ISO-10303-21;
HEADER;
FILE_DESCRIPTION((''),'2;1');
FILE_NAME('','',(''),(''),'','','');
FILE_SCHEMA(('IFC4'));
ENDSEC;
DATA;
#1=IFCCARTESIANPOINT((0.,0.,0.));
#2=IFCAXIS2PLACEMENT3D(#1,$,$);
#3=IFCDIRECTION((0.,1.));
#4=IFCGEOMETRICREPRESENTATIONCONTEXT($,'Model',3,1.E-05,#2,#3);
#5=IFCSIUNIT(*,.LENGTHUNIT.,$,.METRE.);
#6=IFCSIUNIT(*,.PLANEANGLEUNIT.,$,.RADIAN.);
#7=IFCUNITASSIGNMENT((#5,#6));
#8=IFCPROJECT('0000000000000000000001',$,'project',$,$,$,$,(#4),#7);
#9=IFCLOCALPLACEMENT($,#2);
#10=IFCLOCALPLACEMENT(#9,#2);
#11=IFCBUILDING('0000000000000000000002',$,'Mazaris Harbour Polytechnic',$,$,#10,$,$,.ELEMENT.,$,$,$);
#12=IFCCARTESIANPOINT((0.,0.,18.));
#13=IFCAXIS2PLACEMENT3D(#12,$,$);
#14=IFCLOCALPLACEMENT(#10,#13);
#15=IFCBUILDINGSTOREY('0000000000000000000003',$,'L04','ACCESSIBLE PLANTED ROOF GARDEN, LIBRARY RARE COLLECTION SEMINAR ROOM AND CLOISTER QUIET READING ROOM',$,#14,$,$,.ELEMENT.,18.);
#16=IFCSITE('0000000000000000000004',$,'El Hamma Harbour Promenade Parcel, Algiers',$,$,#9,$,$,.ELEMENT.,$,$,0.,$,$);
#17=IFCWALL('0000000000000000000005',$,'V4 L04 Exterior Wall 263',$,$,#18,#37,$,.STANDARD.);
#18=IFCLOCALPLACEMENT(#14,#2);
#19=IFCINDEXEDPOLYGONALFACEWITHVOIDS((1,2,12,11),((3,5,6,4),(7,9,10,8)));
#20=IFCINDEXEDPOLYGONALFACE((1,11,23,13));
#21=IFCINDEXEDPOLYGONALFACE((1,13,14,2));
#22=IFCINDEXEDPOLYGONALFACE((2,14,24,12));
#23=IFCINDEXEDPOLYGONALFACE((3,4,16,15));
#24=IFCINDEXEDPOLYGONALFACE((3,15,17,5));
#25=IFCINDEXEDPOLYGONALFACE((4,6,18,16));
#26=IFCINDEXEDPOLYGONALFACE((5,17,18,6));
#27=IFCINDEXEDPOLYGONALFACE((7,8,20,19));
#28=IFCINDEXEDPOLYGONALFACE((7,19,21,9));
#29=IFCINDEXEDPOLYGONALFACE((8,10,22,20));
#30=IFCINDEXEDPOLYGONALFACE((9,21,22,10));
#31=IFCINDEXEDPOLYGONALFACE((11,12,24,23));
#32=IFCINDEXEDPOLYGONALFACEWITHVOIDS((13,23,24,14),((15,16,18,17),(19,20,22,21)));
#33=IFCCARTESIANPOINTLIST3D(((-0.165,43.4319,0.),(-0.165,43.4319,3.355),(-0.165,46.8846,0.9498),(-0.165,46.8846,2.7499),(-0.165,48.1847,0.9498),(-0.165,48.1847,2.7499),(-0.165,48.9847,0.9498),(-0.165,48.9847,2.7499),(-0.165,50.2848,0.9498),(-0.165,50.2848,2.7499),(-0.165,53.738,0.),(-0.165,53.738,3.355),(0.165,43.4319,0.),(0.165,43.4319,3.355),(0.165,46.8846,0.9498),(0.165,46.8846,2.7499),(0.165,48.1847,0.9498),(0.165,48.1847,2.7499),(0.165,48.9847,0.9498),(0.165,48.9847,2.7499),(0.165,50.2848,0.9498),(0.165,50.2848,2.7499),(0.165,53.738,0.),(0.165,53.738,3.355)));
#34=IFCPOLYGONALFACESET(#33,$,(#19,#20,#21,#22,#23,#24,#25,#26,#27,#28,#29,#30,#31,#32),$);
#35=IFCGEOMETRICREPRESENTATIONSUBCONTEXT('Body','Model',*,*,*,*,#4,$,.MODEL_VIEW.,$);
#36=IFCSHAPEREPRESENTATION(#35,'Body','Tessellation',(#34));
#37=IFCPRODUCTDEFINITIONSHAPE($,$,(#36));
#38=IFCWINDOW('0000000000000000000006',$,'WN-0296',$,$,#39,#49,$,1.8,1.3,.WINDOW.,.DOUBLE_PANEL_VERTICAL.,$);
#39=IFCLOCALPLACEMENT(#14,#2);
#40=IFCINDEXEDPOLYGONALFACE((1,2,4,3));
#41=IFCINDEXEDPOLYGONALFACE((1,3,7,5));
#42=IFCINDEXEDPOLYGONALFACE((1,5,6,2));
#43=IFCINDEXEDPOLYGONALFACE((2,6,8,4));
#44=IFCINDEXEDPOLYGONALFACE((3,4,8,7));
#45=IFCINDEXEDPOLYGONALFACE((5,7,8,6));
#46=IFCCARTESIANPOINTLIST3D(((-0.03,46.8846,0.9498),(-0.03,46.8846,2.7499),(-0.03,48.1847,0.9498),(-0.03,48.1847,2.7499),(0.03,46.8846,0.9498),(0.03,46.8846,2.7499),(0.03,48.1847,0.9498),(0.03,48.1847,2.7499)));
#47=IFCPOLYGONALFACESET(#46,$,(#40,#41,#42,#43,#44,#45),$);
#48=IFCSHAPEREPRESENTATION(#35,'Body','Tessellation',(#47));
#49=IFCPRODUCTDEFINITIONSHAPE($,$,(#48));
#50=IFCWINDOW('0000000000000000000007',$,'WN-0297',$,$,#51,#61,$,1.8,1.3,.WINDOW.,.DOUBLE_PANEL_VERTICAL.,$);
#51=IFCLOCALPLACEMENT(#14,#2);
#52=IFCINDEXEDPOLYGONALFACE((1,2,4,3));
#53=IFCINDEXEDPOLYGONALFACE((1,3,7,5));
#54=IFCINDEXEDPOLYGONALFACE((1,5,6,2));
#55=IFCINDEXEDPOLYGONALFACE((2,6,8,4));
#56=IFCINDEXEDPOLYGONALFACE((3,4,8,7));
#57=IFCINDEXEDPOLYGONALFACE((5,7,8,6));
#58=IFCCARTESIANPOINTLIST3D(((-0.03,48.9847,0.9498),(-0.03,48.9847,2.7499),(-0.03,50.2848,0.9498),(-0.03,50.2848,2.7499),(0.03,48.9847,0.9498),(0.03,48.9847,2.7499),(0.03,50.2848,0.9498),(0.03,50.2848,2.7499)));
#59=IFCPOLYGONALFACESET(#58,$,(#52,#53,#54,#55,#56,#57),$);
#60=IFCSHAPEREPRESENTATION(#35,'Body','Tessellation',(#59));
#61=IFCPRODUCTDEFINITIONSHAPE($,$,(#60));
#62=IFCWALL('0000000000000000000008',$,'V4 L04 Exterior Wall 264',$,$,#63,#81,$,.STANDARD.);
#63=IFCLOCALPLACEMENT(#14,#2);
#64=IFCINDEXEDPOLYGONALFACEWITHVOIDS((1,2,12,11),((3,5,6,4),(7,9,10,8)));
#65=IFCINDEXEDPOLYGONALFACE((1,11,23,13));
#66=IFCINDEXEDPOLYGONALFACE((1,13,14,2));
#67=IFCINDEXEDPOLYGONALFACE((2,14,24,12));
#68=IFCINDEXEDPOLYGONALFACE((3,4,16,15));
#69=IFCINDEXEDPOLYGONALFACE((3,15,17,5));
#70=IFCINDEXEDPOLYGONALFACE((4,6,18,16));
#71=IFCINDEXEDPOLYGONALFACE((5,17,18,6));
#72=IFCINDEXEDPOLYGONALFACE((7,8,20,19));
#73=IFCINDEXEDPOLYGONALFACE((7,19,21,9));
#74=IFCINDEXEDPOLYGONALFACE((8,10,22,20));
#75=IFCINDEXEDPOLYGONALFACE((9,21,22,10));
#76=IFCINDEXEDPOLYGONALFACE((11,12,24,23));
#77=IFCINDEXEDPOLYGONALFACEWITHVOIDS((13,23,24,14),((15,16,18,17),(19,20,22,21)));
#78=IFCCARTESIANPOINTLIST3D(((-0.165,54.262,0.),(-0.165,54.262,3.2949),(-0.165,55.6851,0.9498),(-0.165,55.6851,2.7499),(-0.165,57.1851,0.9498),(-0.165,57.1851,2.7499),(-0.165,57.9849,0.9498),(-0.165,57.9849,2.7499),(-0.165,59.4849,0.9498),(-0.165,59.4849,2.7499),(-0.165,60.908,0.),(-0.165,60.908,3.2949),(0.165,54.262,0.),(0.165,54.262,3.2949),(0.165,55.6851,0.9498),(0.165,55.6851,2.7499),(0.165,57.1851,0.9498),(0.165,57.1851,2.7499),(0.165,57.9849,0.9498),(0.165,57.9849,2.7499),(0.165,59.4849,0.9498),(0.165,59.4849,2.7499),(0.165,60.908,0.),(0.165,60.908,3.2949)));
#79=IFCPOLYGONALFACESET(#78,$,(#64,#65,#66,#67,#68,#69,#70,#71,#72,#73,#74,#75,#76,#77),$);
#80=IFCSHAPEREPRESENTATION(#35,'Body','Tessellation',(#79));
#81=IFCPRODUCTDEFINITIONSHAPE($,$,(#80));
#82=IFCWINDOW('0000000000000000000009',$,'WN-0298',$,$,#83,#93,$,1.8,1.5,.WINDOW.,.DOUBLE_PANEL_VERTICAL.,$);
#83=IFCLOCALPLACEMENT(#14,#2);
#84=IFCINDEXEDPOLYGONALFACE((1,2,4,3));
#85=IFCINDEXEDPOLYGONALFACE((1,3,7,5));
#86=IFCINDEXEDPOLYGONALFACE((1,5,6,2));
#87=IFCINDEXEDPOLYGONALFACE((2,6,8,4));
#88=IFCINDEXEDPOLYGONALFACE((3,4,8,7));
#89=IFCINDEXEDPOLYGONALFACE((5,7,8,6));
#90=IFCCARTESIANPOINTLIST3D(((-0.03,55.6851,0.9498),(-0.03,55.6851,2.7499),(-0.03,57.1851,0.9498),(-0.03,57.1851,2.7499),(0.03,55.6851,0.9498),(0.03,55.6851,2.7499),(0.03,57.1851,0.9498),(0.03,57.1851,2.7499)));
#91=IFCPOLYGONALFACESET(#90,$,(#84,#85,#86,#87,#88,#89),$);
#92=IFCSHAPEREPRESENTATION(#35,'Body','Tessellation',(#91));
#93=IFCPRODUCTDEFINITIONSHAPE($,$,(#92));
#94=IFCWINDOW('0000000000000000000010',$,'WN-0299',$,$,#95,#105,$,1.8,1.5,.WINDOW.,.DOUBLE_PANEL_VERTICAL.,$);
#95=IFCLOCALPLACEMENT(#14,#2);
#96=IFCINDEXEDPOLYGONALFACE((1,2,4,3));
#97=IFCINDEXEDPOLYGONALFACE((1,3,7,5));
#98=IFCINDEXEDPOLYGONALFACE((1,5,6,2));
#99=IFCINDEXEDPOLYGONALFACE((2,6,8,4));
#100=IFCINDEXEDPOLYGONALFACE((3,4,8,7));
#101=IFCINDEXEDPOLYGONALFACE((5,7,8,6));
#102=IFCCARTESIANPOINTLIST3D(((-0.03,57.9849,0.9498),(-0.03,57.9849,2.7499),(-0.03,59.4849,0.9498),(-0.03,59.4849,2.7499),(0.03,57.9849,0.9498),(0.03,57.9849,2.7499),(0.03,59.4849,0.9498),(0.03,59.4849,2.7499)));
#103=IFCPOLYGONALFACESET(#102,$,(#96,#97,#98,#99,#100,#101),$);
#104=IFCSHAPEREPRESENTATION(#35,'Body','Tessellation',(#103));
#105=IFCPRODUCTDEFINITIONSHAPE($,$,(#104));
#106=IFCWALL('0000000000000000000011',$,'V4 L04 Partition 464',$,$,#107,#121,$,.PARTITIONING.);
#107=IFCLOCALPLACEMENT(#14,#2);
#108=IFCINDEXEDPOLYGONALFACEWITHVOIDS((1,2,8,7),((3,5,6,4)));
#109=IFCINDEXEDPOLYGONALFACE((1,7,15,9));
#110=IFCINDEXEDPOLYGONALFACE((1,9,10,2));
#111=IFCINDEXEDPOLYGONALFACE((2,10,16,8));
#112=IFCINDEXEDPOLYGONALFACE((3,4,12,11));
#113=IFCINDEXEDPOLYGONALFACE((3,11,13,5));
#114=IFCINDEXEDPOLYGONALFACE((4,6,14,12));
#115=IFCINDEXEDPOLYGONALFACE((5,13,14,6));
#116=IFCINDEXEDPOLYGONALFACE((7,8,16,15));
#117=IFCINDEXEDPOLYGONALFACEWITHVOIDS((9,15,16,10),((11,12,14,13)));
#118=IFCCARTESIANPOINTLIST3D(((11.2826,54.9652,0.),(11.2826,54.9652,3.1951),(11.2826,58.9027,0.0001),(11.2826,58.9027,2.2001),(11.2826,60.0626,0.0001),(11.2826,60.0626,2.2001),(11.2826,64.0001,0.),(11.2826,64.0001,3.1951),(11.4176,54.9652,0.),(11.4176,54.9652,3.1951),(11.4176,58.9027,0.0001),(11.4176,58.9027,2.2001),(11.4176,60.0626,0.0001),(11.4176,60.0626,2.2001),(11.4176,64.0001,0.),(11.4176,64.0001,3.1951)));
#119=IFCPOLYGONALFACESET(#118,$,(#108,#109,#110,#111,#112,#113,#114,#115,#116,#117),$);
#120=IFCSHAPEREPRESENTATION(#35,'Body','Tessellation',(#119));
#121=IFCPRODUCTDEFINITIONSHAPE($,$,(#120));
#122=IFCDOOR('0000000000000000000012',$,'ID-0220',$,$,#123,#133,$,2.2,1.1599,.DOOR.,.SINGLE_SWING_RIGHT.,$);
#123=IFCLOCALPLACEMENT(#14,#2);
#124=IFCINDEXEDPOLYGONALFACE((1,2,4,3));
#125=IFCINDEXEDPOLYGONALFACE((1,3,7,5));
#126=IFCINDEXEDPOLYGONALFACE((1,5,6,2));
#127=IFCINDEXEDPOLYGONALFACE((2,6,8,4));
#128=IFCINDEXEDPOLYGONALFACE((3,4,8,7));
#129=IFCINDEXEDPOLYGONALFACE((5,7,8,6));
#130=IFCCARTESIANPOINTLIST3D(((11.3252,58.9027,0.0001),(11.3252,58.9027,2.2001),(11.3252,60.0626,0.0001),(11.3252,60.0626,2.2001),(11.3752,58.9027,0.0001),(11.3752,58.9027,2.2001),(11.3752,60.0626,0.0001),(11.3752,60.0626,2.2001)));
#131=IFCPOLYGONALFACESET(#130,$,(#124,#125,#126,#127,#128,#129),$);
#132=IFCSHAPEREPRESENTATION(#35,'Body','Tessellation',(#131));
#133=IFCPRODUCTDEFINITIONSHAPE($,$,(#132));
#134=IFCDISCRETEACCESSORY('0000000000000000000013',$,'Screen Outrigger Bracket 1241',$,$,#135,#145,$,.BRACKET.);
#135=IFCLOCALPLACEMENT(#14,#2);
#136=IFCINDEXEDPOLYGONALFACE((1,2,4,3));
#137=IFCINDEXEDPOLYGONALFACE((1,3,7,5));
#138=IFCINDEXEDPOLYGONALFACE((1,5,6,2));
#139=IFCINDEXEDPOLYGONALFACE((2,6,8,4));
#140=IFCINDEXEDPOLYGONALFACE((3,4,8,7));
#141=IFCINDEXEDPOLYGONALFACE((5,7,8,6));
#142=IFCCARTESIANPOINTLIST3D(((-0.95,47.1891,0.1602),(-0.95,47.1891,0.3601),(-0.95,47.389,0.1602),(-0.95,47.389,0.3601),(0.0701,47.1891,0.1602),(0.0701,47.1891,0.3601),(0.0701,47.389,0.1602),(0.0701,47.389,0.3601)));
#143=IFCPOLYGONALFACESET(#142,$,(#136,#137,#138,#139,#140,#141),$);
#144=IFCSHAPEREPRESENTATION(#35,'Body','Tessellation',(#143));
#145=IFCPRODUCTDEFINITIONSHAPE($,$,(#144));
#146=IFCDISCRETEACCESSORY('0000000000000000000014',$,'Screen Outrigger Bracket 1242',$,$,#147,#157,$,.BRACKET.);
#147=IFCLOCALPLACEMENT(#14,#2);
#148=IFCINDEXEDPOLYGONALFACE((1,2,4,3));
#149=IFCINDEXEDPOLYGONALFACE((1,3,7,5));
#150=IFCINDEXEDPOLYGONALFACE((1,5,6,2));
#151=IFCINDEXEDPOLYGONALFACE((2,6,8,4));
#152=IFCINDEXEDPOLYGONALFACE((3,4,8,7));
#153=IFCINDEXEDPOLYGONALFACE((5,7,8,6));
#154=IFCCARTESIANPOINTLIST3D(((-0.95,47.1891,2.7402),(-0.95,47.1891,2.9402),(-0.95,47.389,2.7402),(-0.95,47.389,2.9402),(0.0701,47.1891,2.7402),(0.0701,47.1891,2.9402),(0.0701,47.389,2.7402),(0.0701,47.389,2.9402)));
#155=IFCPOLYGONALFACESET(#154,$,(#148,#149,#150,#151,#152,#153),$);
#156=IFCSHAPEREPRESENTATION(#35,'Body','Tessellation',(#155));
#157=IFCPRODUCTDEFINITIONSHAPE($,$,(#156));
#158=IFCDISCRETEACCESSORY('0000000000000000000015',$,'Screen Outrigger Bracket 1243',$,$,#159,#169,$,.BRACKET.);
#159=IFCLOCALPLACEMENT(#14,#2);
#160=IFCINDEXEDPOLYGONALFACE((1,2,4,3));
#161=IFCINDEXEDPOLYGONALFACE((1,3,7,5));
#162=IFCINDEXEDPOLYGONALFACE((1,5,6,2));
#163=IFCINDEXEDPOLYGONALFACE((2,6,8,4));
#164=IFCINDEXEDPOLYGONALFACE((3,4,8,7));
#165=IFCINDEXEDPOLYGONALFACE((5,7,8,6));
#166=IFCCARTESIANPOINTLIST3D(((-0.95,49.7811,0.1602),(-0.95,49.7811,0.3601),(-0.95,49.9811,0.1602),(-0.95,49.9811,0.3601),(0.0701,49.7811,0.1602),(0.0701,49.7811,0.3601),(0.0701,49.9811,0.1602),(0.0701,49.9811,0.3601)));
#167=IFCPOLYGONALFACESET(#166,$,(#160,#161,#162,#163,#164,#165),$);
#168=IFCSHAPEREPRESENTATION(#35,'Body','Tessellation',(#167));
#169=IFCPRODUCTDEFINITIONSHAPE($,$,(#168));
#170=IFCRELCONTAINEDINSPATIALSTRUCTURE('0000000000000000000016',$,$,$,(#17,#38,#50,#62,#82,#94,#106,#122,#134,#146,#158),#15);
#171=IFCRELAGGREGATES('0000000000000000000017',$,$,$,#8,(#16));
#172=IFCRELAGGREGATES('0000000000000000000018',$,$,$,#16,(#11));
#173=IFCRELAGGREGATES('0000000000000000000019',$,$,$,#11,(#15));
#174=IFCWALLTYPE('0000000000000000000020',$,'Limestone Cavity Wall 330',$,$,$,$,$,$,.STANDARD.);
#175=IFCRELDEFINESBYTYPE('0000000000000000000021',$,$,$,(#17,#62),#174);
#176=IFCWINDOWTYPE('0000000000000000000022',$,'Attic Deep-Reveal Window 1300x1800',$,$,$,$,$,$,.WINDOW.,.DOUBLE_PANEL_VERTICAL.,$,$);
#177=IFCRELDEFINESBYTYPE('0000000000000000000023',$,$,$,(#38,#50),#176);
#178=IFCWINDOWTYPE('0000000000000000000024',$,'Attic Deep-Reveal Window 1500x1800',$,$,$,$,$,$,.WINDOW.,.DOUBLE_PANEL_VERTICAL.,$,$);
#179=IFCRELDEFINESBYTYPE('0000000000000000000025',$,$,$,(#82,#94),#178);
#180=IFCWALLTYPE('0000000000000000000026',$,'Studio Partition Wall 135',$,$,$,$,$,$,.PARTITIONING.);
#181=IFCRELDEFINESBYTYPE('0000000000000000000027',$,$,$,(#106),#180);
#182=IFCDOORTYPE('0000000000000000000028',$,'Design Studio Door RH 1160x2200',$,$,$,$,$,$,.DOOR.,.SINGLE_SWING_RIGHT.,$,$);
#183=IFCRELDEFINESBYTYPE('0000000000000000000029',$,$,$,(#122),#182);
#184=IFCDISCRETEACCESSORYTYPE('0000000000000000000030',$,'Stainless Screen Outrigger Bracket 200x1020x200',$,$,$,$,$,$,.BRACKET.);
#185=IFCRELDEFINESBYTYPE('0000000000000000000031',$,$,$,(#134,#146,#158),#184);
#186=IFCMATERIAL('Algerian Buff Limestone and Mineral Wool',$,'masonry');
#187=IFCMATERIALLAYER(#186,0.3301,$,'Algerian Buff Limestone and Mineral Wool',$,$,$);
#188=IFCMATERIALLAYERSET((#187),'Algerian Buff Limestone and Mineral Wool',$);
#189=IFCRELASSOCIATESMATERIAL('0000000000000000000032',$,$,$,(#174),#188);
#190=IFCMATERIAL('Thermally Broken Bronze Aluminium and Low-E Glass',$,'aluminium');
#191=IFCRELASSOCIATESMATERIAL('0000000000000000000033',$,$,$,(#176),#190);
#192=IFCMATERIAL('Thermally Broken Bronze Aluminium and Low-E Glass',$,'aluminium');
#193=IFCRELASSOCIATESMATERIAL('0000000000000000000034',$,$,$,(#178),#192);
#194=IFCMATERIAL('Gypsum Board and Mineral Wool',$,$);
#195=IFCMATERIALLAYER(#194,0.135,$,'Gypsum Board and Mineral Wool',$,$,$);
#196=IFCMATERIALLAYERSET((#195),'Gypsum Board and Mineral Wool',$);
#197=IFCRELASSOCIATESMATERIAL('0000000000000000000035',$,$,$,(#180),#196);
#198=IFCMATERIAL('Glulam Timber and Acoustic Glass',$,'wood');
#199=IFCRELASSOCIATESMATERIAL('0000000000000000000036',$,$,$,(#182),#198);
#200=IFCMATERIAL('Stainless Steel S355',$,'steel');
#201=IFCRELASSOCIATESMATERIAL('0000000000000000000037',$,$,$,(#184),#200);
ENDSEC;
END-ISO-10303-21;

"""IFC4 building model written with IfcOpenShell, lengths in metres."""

from ifc_helpers import new_model, si_unit, direction, frame, frame_2d, origin, origin_2d, place, context, subcontext, project, spatial, rectangle, extrude, material, layer, layer_set, type_object, element, fill, save


model = new_model("IFC4")

# Units and contexts
model_context = context("Model", 3, precision=1e-05, world=origin(), true_north=direction((0.0, 1.0)))
body_context = subcontext(model_context, "Body", "Model", "MODEL_VIEW")
ifc_project = project(units=[si_unit("LENGTHUNIT", "METRE"), si_unit("PLANEANGLEUNIT", "RADIAN")], contexts=[model_context])

# Site, building, storey
site_placement = place(None, origin())
site = spatial("IfcSite", under=ifc_project, at=site_placement, Name="El Hamma Harbour Promenade Parcel, Algiers", CompositionType="ELEMENT", RefElevation=0.0)
building_placement = place(site_placement, origin())
building = spatial("IfcBuilding", under=site, at=building_placement, Name="Mazaris Harbour Polytechnic", CompositionType="ELEMENT")
storey_placement = place(building_placement, frame((0.0, 0.0, 18.0)))
storey = spatial("IfcBuildingStorey", under=building, at=storey_placement, Name="L04", Description="ACCESSIBLE PLANTED ROOF GARDEN, LIBRARY RARE COLLECTION SEMINAR ROOM AND CLOISTER QUIET READING ROOM", CompositionType="ELEMENT", Elevation=18.0)

# Walls, openings, windows
ifc_material_1 = material(Name="Algerian Buff Limestone and Mineral Wool", Category="masonry")
ifc_layer_1 = layer(ifc_material_1, 0.3301, Name="Algerian Buff Limestone and Mineral Wool")
ifc_layer_set_1 = layer_set([ifc_layer_1], Name="Algerian Buff Limestone and Mineral Wool")
wall_type_1 = type_object("IfcWallType", Name="Limestone Cavity Wall 330", PredefinedType="STANDARD", material=ifc_layer_set_1)
wall_1_placement = place(storey_placement, frame((0.0, 43.4319, 0.0), z_axis=(0.0, 0.0, 1.0), x_axis=(0.0, 1.0, 0.0)))
wall_1 = element("IfcWall", 1, at=wall_1_placement, inside=storey, type_object=wall_type_1, Name="V4 L04 Exterior Wall 263", PredefinedType="STANDARD", context=body_context, shape_type="SweptSolid", body=[
    extrude(rectangle(XDim=10.3062, YDim=0.3301, at=frame_2d((5.1531, 0.0))), origin(), (0.0, 0.0, 1.0), 3.355),
])
opening_1_placement = place(wall_1_placement, frame((3.4529, 0.0, 0.95)))
opening_1 = element("IfcOpeningElement", 2, at=opening_1_placement, cuts=wall_1, PredefinedType="OPENING", context=body_context, shape_type="SweptSolid", body=[
    extrude(rectangle(XDim=1.3, YDim=1.8, at=frame_2d((0.6499, 0.8999))), frame((0.0, 0.175, 0.0), z_axis=(0.0, -1.0, 0.0), x_axis=(1.0, 0.0, 0.0)), (0.0, 0.0, 1.0), 0.3501),
])
opening_2_placement = place(wall_1_placement, frame((5.553, 0.0, 0.95)))
opening_2 = element("IfcOpeningElement", 3, at=opening_2_placement, cuts=wall_1, PredefinedType="OPENING", context=body_context, shape_type="SweptSolid", body=[
    extrude(rectangle(XDim=1.3, YDim=1.8, at=frame_2d((0.6499, 0.8999))), frame((0.0, 0.175, 0.0), z_axis=(0.0, -1.0, 0.0), x_axis=(1.0, 0.0, 0.0)), (0.0, 0.0, 1.0), 0.3501),
])
ifc_material_2 = material(Name="Thermally Broken Bronze Aluminium and Low-E Glass", Category="aluminium")
window_type_1 = type_object("IfcWindowType", Name="Attic Deep-Reveal Window 1300x1800", PartitioningType="DOUBLE_PANEL_VERTICAL", PredefinedType="WINDOW", material=ifc_material_2)
window_1_placement = place(opening_1_placement, origin())
window_1 = element("IfcWindow", 4, at=window_1_placement, inside=storey, type_object=window_type_1, Name="WN-0296", OverallHeight=1.8, OverallWidth=1.3, PartitioningType="DOUBLE_PANEL_VERTICAL", PredefinedType="WINDOW", context=body_context, shape_type="SweptSolid", body=[
    extrude(rectangle(XDim=1.3, YDim=1.8, at=frame_2d((0.6499, 0.8999))), frame((0.0, 0.03, 0.0), z_axis=(0.0, -1.0, 0.0), x_axis=(1.0, 0.0, 0.0)), (0.0, 0.0, 1.0), 0.0601),
])
fill(opening_1, window_1)
window_2_placement = place(opening_2_placement, origin())
window_2 = element("IfcWindow", 5, at=window_2_placement, inside=storey, type_object=window_type_1, Name="WN-0297", OverallHeight=1.8, OverallWidth=1.3, PartitioningType="DOUBLE_PANEL_VERTICAL", PredefinedType="WINDOW", context=body_context, shape_type="SweptSolid", body=[
    extrude(rectangle(XDim=1.3, YDim=1.8, at=frame_2d((0.6499, 0.8999))), frame((0.0, 0.03, 0.0), z_axis=(0.0, -1.0, 0.0), x_axis=(1.0, 0.0, 0.0)), (0.0, 0.0, 1.0), 0.0601),
])
fill(opening_2, window_2)
wall_2_placement = place(storey_placement, frame((0.0, 54.262, 0.0), z_axis=(0.0, 0.0, 1.0), x_axis=(0.0, 1.0, 0.0)))
wall_2 = element("IfcWall", 6, at=wall_2_placement, inside=storey, type_object=wall_type_1, Name="V4 L04 Exterior Wall 264", PredefinedType="STANDARD", context=body_context, shape_type="SweptSolid", body=[
    extrude(rectangle(XDim=6.646, YDim=0.3301, at=frame_2d((3.323, 0.0))), origin(), (0.0, 0.0, 1.0), 3.2949),
])
opening_3_placement = place(wall_2_placement, frame((1.4231, 0.0, 0.95)))
opening_3 = element("IfcOpeningElement", 7, at=opening_3_placement, cuts=wall_2, PredefinedType="OPENING", context=body_context, shape_type="SweptSolid", body=[
    extrude(rectangle(XDim=1.5, YDim=1.8, at=frame_2d((0.75, 0.8999))), frame((0.0, 0.175, 0.0), z_axis=(0.0, -1.0, 0.0), x_axis=(1.0, 0.0, 0.0)), (0.0, 0.0, 1.0), 0.3501),
])
opening_4_placement = place(wall_2_placement, frame((3.7229, 0.0, 0.95)))
opening_4 = element("IfcOpeningElement", 8, at=opening_4_placement, cuts=wall_2, PredefinedType="OPENING", context=body_context, shape_type="SweptSolid", body=[
    extrude(rectangle(XDim=1.5, YDim=1.8, at=frame_2d((0.75, 0.8999))), frame((0.0, 0.175, 0.0), z_axis=(0.0, -1.0, 0.0), x_axis=(1.0, 0.0, 0.0)), (0.0, 0.0, 1.0), 0.3501),
])
ifc_material_3 = material(Name="Thermally Broken Bronze Aluminium and Low-E Glass", Category="aluminium")
window_type_2 = type_object("IfcWindowType", Name="Attic Deep-Reveal Window 1500x1800", PartitioningType="DOUBLE_PANEL_VERTICAL", PredefinedType="WINDOW", material=ifc_material_3)
window_3_placement = place(opening_3_placement, origin())
window_3 = element("IfcWindow", 9, at=window_3_placement, inside=storey, type_object=window_type_2, Name="WN-0298", OverallHeight=1.8, OverallWidth=1.5, PartitioningType="DOUBLE_PANEL_VERTICAL", PredefinedType="WINDOW", context=body_context, shape_type="SweptSolid", body=[
    extrude(rectangle(XDim=1.5, YDim=1.8, at=frame_2d((0.75, 0.8999))), frame((0.0, 0.03, 0.0), z_axis=(0.0, -1.0, 0.0), x_axis=(1.0, 0.0, 0.0)), (0.0, 0.0, 1.0), 0.0601),
])
fill(opening_3, window_3)
window_4_placement = place(opening_4_placement, origin())
window_4 = element("IfcWindow", 10, at=window_4_placement, inside=storey, type_object=window_type_2, Name="WN-0299", OverallHeight=1.8, OverallWidth=1.5, PartitioningType="DOUBLE_PANEL_VERTICAL", PredefinedType="WINDOW", context=body_context, shape_type="SweptSolid", body=[
    extrude(rectangle(XDim=1.5, YDim=1.8, at=frame_2d((0.75, 0.8999))), frame((0.0, 0.03, 0.0), z_axis=(0.0, -1.0, 0.0), x_axis=(1.0, 0.0, 0.0)), (0.0, 0.0, 1.0), 0.0601),
])
fill(opening_4, window_4)

# Wall, opening, door
ifc_material_4 = material(Name="Gypsum Board and Mineral Wool")
ifc_layer_2 = layer(ifc_material_4, 0.135, Name="Gypsum Board and Mineral Wool")
ifc_layer_set_2 = layer_set([ifc_layer_2], Name="Gypsum Board and Mineral Wool")
wall_type_2 = type_object("IfcWallType", Name="Studio Partition Wall 135", PredefinedType="PARTITIONING", material=ifc_layer_set_2)
wall_3_placement = place(storey_placement, frame((11.3501, 54.9651, 0.0), z_axis=(0.0, 0.0, 1.0), x_axis=(0.0, 1.0, 0.0)))
wall_3 = element("IfcWall", 11, at=wall_3_placement, inside=storey, type_object=wall_type_2, Name="V4 L04 Partition 464", PredefinedType="PARTITIONING", context=body_context, shape_type="SweptSolid", body=[
    extrude(rectangle(XDim=9.0349, YDim=0.135, at=frame_2d((4.5176, 0.0))), origin(), (0.0, 0.0, 1.0), 3.1951),
])
opening_5_placement = place(wall_3_placement, frame((3.9375, 0.0, 0.0)))
opening_5 = element("IfcOpeningElement", 12, at=opening_5_placement, cuts=wall_3, PredefinedType="OPENING", context=body_context, shape_type="SweptSolid", body=[
    extrude(rectangle(XDim=1.1599, YDim=2.2, at=frame_2d((0.5801, 1.1001))), frame((0.0, 0.0774, 0.0), z_axis=(0.0, -1.0, 0.0), x_axis=(1.0, 0.0, 0.0)), (0.0, 0.0, 1.0), 0.155),
])
ifc_material_5 = material(Name="Glulam Timber and Acoustic Glass", Category="wood")
door_type_1 = type_object("IfcDoorType", Name="Design Studio Door RH 1160x2200", OperationType="SINGLE_SWING_RIGHT", PredefinedType="DOOR", material=ifc_material_5)
door_1_placement = place(opening_5_placement, origin())
door_1 = element("IfcDoor", 13, at=door_1_placement, inside=storey, type_object=door_type_1, Name="ID-0220", OperationType="SINGLE_SWING_RIGHT", OverallHeight=2.2, OverallWidth=1.1599, PredefinedType="DOOR", context=body_context, shape_type="SweptSolid", body=[
    extrude(rectangle(XDim=1.1599, YDim=2.2, at=frame_2d((0.5801, 1.1001))), frame((0.0, 0.0249, 0.0), z_axis=(0.0, -1.0, 0.0), x_axis=(1.0, 0.0, 0.0)), (0.0, 0.0, 1.0), 0.05),
])
fill(opening_5, door_1)

# Discrete accessories
ifc_material_6 = material(Name="Stainless Steel S355", Category="steel")
discrete_accessory_type = type_object("IfcDiscreteAccessoryType", Name="Stainless Screen Outrigger Bracket 200x1020x200", PredefinedType="BRACKET", material=ifc_material_6)
for number, where, z_axis, x_axis, name in (
    (14, (-0.4399, 47.2891, 0.1602), (0.0, 0.0, 1.0), (0.0, 1.0, 0.0), "Screen Outrigger Bracket 1241"),
    (15, (-0.4399, 47.2891, 2.7402), (0.0, 0.0, 1.0), (0.0, 1.0, 0.0), "Screen Outrigger Bracket 1242"),
    (16, (-0.4399, 49.8811, 0.1602), (0.0, 0.0, 1.0), (0.0, 1.0, 0.0), "Screen Outrigger Bracket 1243"),
):
    element("IfcDiscreteAccessory", number, at=place(storey_placement, frame(where, z_axis=z_axis, x_axis=x_axis)), inside=storey, type_object=discrete_accessory_type, Name=name, PredefinedType="BRACKET", context=body_context, shape_type="SweptSolid", body=[
        extrude(rectangle(XDim=0.2, YDim=1.02, at=origin_2d()), origin(), (0.0, 0.0, 1.0), 0.2),
    ])

save(model, "model.ifc")
